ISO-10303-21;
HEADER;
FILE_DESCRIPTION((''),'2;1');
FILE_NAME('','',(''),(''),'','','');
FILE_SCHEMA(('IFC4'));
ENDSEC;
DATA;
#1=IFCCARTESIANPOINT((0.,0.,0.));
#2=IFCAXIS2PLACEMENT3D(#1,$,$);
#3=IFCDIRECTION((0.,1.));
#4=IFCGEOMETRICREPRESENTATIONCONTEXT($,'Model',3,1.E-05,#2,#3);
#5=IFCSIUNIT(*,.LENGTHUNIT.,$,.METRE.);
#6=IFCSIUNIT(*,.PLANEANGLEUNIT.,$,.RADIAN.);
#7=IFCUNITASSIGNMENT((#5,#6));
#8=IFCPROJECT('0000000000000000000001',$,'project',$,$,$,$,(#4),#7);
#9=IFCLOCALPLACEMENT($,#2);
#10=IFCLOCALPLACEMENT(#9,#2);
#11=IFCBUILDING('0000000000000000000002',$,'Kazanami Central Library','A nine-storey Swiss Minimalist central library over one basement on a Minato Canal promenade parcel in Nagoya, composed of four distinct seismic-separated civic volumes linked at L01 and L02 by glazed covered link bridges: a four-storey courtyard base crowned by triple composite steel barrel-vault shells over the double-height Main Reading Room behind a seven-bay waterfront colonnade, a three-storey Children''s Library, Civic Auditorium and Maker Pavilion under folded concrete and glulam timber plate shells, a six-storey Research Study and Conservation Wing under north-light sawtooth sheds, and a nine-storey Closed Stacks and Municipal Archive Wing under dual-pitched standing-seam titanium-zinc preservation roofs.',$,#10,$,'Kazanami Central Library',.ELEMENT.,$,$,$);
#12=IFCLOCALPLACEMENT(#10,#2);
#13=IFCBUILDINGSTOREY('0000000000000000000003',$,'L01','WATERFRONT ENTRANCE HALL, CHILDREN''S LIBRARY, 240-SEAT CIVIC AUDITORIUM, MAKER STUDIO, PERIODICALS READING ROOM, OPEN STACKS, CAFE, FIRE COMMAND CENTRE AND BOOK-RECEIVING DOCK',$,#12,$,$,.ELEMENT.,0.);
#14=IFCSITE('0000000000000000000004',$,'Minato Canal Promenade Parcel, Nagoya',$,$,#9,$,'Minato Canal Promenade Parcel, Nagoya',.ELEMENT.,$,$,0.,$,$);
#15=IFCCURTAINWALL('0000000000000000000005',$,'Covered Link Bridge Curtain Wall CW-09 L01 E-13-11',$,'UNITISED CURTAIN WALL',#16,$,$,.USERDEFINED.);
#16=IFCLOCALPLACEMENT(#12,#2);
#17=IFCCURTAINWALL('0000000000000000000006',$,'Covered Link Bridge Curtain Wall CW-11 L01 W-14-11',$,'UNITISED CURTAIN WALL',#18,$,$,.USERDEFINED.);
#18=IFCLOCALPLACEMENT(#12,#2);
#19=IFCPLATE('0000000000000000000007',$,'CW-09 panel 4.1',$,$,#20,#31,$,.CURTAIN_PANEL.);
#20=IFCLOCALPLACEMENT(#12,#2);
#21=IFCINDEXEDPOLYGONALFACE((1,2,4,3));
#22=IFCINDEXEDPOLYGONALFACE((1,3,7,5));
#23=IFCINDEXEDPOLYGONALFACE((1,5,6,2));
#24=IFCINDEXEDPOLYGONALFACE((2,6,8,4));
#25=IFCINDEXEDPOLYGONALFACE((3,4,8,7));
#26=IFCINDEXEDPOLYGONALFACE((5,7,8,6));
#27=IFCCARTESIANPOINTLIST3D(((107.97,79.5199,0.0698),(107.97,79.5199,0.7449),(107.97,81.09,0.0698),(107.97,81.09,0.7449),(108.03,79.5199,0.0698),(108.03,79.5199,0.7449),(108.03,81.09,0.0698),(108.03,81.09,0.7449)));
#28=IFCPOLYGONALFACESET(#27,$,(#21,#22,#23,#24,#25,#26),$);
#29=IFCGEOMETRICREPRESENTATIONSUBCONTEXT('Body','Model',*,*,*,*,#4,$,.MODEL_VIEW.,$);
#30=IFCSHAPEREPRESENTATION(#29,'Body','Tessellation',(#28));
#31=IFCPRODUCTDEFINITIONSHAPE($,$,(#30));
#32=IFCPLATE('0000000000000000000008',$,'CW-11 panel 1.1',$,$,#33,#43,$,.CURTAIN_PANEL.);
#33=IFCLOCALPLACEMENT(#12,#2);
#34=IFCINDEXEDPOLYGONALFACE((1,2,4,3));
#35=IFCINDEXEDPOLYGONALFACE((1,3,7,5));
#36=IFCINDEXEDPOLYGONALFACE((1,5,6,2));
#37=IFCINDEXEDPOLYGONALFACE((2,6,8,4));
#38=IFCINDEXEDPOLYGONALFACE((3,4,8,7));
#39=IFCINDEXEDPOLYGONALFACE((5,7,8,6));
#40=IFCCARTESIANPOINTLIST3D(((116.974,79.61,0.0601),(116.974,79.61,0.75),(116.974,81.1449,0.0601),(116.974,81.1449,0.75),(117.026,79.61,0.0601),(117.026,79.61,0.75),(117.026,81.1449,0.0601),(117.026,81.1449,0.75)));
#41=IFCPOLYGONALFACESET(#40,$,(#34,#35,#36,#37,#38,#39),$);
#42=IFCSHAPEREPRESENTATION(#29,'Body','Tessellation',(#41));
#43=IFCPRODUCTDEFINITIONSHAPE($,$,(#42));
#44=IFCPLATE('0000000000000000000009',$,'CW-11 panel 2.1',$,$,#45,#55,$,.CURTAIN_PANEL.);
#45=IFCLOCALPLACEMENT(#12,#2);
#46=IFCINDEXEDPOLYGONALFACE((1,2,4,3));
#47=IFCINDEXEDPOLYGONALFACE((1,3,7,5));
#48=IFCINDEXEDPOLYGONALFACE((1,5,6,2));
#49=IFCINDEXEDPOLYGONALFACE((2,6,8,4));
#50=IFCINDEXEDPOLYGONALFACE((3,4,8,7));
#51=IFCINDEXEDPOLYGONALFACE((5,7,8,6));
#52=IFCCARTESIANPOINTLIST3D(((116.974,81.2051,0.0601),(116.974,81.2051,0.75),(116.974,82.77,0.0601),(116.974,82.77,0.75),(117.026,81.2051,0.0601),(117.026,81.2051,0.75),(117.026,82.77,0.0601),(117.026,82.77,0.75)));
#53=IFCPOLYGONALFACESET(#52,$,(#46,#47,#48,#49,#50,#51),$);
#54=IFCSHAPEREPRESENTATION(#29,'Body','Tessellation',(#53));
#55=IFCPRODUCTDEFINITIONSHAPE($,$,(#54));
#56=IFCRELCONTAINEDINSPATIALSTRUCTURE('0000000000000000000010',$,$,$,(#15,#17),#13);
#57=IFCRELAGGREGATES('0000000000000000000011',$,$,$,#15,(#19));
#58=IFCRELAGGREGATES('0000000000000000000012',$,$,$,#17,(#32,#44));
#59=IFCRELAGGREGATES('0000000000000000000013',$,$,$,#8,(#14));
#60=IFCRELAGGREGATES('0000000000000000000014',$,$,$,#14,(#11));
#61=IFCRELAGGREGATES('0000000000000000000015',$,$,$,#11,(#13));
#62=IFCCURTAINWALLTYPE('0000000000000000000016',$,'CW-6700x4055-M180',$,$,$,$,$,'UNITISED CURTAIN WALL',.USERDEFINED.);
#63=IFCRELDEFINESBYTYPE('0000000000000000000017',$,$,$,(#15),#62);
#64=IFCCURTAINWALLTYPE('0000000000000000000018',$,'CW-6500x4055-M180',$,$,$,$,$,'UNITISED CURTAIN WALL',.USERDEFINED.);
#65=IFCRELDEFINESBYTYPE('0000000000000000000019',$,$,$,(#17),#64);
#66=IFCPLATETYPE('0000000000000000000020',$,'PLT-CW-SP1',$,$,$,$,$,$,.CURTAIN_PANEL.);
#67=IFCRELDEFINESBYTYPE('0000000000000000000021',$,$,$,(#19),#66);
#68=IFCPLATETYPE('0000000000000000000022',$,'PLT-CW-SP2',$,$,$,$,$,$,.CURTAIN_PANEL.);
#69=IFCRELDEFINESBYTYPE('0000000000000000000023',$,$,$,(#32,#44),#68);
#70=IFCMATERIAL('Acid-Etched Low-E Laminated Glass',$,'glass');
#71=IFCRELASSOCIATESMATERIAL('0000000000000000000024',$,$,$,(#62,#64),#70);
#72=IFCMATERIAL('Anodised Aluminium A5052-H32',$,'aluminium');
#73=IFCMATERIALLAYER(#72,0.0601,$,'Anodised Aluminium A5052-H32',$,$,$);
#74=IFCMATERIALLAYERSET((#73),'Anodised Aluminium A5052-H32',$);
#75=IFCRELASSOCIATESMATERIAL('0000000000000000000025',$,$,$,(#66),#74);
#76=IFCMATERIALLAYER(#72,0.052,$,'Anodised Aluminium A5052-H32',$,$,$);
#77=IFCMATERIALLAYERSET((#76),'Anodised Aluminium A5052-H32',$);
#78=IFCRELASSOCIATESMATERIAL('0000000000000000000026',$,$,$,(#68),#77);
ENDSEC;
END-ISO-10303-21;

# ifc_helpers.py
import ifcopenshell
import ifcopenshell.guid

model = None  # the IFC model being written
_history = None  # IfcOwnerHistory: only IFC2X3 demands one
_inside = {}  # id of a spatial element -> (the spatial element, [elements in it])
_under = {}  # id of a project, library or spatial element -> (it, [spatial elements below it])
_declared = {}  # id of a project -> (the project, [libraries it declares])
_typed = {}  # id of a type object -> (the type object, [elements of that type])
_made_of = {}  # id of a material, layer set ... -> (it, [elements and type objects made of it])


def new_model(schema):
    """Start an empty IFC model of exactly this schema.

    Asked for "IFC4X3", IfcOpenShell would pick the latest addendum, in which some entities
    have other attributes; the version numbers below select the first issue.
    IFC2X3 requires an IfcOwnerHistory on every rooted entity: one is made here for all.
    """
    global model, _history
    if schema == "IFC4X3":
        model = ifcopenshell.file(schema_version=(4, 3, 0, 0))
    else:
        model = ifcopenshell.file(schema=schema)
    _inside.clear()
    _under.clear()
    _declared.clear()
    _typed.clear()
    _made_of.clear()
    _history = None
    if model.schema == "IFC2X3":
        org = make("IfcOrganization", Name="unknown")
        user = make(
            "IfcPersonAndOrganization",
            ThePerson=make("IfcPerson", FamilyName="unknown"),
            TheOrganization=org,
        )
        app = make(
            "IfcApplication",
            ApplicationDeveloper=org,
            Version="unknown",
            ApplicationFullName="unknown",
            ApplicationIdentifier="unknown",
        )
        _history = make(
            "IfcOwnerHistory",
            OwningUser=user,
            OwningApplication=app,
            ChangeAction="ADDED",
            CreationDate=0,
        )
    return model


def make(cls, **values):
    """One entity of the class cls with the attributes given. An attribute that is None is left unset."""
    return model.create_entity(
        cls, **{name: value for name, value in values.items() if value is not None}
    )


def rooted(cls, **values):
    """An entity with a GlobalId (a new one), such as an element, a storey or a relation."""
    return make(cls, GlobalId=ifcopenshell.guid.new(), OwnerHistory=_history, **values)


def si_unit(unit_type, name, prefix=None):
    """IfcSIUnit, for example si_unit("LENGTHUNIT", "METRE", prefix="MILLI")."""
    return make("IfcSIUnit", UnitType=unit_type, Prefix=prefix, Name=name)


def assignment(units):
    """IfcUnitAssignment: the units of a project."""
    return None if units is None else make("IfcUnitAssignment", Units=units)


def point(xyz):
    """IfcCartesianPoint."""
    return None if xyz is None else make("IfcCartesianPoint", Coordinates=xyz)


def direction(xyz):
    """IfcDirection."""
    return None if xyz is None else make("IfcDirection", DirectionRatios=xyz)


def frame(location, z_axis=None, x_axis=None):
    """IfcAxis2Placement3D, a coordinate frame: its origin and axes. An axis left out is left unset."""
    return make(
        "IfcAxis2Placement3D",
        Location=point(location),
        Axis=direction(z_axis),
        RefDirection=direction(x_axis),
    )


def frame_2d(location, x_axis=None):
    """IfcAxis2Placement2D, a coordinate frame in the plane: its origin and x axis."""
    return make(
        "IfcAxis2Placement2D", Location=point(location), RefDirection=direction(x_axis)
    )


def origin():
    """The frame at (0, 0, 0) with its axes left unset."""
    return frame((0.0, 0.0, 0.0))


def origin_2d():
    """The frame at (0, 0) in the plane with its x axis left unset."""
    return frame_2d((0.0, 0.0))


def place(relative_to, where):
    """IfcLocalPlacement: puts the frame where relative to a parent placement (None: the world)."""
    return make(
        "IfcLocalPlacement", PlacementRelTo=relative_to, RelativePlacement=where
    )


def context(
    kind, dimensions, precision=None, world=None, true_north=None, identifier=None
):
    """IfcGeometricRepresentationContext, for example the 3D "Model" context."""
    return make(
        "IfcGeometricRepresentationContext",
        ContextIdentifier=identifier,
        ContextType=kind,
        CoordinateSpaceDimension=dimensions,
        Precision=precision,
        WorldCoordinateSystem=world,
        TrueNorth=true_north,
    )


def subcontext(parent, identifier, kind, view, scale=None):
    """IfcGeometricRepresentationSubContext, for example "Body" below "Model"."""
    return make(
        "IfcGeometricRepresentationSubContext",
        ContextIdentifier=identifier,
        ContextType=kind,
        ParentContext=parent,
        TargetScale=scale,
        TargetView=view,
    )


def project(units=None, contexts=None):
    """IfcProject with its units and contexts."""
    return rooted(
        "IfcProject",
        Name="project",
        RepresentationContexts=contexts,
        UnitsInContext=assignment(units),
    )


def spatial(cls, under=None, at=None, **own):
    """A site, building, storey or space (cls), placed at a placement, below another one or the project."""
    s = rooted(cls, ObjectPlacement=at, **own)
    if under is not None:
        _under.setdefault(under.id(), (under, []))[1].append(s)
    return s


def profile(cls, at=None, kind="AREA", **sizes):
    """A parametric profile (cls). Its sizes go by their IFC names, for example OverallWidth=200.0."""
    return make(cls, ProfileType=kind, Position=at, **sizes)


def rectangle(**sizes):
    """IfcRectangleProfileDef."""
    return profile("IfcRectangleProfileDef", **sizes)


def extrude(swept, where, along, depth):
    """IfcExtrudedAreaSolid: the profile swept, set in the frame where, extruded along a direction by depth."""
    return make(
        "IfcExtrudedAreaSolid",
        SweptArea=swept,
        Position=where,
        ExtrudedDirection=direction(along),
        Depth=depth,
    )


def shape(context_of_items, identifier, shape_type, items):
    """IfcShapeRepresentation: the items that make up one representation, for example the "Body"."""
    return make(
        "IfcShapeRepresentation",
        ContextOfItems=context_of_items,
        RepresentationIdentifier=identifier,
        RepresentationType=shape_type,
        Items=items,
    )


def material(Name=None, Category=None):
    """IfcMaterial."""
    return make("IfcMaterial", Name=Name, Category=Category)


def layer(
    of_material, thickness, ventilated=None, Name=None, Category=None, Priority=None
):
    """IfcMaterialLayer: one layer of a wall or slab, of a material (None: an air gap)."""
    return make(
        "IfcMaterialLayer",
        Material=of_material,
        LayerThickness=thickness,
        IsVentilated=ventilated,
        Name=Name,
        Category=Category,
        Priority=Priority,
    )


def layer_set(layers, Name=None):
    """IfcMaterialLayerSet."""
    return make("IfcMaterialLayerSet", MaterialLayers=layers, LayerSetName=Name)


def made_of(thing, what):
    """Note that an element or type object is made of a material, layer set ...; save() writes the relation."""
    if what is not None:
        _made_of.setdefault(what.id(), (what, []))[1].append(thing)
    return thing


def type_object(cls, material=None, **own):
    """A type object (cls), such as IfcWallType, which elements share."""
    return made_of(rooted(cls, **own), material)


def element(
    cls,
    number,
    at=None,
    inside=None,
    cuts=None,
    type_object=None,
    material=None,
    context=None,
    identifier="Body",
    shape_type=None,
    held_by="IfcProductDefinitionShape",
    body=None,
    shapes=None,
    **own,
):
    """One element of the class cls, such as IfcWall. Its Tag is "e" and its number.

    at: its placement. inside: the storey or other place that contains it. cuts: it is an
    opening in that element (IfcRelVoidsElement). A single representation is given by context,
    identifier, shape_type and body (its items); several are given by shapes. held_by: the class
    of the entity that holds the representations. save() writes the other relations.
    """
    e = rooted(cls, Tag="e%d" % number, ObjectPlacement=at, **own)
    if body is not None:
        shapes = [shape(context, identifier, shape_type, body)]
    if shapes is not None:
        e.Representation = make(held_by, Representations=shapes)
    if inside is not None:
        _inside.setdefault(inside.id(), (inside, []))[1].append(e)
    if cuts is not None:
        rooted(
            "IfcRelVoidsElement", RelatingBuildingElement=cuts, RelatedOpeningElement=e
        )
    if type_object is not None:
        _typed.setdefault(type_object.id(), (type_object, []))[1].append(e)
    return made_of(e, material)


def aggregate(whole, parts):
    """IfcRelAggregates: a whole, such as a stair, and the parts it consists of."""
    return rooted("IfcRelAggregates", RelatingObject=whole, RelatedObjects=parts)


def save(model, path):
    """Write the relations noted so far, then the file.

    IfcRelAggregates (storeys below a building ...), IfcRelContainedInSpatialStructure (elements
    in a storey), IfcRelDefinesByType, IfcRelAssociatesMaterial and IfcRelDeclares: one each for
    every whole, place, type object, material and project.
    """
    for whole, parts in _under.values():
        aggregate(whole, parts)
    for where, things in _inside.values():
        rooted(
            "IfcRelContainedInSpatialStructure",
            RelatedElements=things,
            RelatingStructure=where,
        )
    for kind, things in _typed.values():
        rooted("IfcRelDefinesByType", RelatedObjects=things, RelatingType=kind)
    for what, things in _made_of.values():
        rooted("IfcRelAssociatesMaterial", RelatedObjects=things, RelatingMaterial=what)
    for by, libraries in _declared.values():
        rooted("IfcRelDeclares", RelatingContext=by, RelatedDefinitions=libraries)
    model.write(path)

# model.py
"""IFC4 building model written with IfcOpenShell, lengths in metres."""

from ifc_helpers import new_model, si_unit, direction, frame, origin, origin_2d, place, context, subcontext, project, spatial, rectangle, extrude, material, layer, layer_set, type_object, element, aggregate, save


model = new_model("IFC4")

# Units and contexts
model_context = context("Model", 3, precision=1e-05, world=origin(), true_north=direction((0.0, 1.0)))
body_context = subcontext(model_context, "Body", "Model", "MODEL_VIEW")
ifc_project = project(units=[si_unit("LENGTHUNIT", "METRE"), si_unit("PLANEANGLEUNIT", "RADIAN")], contexts=[model_context])

# Site, building, storey
site_placement = place(None, origin())
site = spatial("IfcSite", under=ifc_project, at=site_placement, Name="Minato Canal Promenade Parcel, Nagoya", LongName="Minato Canal Promenade Parcel, Nagoya", CompositionType="ELEMENT", RefElevation=0.0)
building_placement = place(site_placement, origin())
building = spatial("IfcBuilding", under=site, at=building_placement, Name="Kazanami Central Library", Description="A nine-storey Swiss Minimalist central library over one basement on a Minato Canal promenade parcel in Nagoya, composed of four distinct seismic-separated civic volumes linked at L01 and L02 by glazed covered link bridges: a four-storey courtyard base crowned by triple composite steel barrel-vault shells over the double-height Main Reading Room behind a seven-bay waterfront colonnade, a three-storey Children's Library, Civic Auditorium and Maker Pavilion under folded concrete and glulam timber plate shells, a six-storey Research Study and Conservation Wing under north-light sawtooth sheds, and a nine-storey Closed Stacks and Municipal Archive Wing under dual-pitched standing-seam titanium-zinc preservation roofs.", LongName="Kazanami Central Library", CompositionType="ELEMENT")
storey_placement = place(building_placement, origin())
storey = spatial("IfcBuildingStorey", under=building, at=storey_placement, Name="L01", Description="WATERFRONT ENTRANCE HALL, CHILDREN'S LIBRARY, 240-SEAT CIVIC AUDITORIUM, MAKER STUDIO, PERIODICALS READING ROOM, OPEN STACKS, CAFE, FIRE COMMAND CENTRE AND BOOK-RECEIVING DOCK", CompositionType="ELEMENT", Elevation=0.0)

# Curtain wall
ifc_material_1 = material(Name="Acid-Etched Low-E Laminated Glass", Category="glass")
curtain_wall_type_1 = type_object("IfcCurtainWallType", Name="CW-6700x4055-M180", ElementType="UNITISED CURTAIN WALL", PredefinedType="USERDEFINED", material=ifc_material_1)
curtain_wall_1_placement = place(storey_placement, origin())
curtain_wall_1 = element("IfcCurtainWall", 1, at=curtain_wall_1_placement, inside=storey, type_object=curtain_wall_type_1, Name="Covered Link Bridge Curtain Wall CW-09 L01 E-13-11", ObjectType="UNITISED CURTAIN WALL", PredefinedType="USERDEFINED")

# Curtain wall
curtain_wall_type_2 = type_object("IfcCurtainWallType", Name="CW-6500x4055-M180", ElementType="UNITISED CURTAIN WALL", PredefinedType="USERDEFINED", material=ifc_material_1)
curtain_wall_2_placement = place(storey_placement, origin())
curtain_wall_2 = element("IfcCurtainWall", 2, at=curtain_wall_2_placement, inside=storey, type_object=curtain_wall_type_2, Name="Covered Link Bridge Curtain Wall CW-11 L01 W-14-11", ObjectType="UNITISED CURTAIN WALL", PredefinedType="USERDEFINED")

# Plates
ifc_material_2 = material(Name="Anodised Aluminium A5052-H32", Category="aluminium")
ifc_layer_1 = layer(ifc_material_2, 0.0601, Name="Anodised Aluminium A5052-H32")
ifc_layer_set_1 = layer_set([ifc_layer_1], Name="Anodised Aluminium A5052-H32")
plate_type_1 = type_object("IfcPlateType", Name="PLT-CW-SP1", PredefinedType="CURTAIN_PANEL", material=ifc_layer_set_1)
plate_1_placement = place(storey_placement, frame((108.0, 80.3049, 0.0698), z_axis=(0.0, 0.0, 1.0), x_axis=(0.0, -1.0, 0.0)))
plate_1 = element("IfcPlate", 3, at=plate_1_placement, type_object=plate_type_1, Name="CW-09 panel 4.1", PredefinedType="CURTAIN_PANEL", context=body_context, shape_type="SweptSolid", body=[
    extrude(rectangle(XDim=1.5701, YDim=0.0601, at=origin_2d()), origin(), (0.0, 0.0, 1.0), 0.675),
])
aggregate(curtain_wall_1, [plate_1])
ifc_layer_2 = layer(ifc_material_2, 0.052, Name="Anodised Aluminium A5052-H32")
ifc_layer_set_2 = layer_set([ifc_layer_2], Name="Anodised Aluminium A5052-H32")
plate_type_2 = type_object("IfcPlateType", Name="PLT-CW-SP2", PredefinedType="CURTAIN_PANEL", material=ifc_layer_set_2)
plate_2_placement = place(storey_placement, frame((117.0, 80.3774, 0.0601), z_axis=(0.0, 0.0, 1.0), x_axis=(0.0, 1.0, 0.0)))
plate_2 = element("IfcPlate", 4, at=plate_2_placement, type_object=plate_type_2, Name="CW-11 panel 1.1", PredefinedType="CURTAIN_PANEL", context=body_context, shape_type="SweptSolid", body=[
    extrude(rectangle(XDim=1.5349, YDim=0.052, at=origin_2d()), origin(), (0.0, 0.0, 1.0), 0.6899),
])
plate_3_placement = place(storey_placement, frame((117.0, 81.9875, 0.0601), z_axis=(0.0, 0.0, 1.0), x_axis=(0.0, 1.0, 0.0)))
plate_3 = element("IfcPlate", 5, at=plate_3_placement, type_object=plate_type_2, Name="CW-11 panel 2.1", PredefinedType="CURTAIN_PANEL", context=body_context, shape_type="SweptSolid", body=[
    extrude(rectangle(XDim=1.5649, YDim=0.052, at=origin_2d()), origin(), (0.0, 0.0, 1.0), 0.6899),
])
aggregate(curtain_wall_2, [plate_2, plate_3])

save(model, "model.ifc")
